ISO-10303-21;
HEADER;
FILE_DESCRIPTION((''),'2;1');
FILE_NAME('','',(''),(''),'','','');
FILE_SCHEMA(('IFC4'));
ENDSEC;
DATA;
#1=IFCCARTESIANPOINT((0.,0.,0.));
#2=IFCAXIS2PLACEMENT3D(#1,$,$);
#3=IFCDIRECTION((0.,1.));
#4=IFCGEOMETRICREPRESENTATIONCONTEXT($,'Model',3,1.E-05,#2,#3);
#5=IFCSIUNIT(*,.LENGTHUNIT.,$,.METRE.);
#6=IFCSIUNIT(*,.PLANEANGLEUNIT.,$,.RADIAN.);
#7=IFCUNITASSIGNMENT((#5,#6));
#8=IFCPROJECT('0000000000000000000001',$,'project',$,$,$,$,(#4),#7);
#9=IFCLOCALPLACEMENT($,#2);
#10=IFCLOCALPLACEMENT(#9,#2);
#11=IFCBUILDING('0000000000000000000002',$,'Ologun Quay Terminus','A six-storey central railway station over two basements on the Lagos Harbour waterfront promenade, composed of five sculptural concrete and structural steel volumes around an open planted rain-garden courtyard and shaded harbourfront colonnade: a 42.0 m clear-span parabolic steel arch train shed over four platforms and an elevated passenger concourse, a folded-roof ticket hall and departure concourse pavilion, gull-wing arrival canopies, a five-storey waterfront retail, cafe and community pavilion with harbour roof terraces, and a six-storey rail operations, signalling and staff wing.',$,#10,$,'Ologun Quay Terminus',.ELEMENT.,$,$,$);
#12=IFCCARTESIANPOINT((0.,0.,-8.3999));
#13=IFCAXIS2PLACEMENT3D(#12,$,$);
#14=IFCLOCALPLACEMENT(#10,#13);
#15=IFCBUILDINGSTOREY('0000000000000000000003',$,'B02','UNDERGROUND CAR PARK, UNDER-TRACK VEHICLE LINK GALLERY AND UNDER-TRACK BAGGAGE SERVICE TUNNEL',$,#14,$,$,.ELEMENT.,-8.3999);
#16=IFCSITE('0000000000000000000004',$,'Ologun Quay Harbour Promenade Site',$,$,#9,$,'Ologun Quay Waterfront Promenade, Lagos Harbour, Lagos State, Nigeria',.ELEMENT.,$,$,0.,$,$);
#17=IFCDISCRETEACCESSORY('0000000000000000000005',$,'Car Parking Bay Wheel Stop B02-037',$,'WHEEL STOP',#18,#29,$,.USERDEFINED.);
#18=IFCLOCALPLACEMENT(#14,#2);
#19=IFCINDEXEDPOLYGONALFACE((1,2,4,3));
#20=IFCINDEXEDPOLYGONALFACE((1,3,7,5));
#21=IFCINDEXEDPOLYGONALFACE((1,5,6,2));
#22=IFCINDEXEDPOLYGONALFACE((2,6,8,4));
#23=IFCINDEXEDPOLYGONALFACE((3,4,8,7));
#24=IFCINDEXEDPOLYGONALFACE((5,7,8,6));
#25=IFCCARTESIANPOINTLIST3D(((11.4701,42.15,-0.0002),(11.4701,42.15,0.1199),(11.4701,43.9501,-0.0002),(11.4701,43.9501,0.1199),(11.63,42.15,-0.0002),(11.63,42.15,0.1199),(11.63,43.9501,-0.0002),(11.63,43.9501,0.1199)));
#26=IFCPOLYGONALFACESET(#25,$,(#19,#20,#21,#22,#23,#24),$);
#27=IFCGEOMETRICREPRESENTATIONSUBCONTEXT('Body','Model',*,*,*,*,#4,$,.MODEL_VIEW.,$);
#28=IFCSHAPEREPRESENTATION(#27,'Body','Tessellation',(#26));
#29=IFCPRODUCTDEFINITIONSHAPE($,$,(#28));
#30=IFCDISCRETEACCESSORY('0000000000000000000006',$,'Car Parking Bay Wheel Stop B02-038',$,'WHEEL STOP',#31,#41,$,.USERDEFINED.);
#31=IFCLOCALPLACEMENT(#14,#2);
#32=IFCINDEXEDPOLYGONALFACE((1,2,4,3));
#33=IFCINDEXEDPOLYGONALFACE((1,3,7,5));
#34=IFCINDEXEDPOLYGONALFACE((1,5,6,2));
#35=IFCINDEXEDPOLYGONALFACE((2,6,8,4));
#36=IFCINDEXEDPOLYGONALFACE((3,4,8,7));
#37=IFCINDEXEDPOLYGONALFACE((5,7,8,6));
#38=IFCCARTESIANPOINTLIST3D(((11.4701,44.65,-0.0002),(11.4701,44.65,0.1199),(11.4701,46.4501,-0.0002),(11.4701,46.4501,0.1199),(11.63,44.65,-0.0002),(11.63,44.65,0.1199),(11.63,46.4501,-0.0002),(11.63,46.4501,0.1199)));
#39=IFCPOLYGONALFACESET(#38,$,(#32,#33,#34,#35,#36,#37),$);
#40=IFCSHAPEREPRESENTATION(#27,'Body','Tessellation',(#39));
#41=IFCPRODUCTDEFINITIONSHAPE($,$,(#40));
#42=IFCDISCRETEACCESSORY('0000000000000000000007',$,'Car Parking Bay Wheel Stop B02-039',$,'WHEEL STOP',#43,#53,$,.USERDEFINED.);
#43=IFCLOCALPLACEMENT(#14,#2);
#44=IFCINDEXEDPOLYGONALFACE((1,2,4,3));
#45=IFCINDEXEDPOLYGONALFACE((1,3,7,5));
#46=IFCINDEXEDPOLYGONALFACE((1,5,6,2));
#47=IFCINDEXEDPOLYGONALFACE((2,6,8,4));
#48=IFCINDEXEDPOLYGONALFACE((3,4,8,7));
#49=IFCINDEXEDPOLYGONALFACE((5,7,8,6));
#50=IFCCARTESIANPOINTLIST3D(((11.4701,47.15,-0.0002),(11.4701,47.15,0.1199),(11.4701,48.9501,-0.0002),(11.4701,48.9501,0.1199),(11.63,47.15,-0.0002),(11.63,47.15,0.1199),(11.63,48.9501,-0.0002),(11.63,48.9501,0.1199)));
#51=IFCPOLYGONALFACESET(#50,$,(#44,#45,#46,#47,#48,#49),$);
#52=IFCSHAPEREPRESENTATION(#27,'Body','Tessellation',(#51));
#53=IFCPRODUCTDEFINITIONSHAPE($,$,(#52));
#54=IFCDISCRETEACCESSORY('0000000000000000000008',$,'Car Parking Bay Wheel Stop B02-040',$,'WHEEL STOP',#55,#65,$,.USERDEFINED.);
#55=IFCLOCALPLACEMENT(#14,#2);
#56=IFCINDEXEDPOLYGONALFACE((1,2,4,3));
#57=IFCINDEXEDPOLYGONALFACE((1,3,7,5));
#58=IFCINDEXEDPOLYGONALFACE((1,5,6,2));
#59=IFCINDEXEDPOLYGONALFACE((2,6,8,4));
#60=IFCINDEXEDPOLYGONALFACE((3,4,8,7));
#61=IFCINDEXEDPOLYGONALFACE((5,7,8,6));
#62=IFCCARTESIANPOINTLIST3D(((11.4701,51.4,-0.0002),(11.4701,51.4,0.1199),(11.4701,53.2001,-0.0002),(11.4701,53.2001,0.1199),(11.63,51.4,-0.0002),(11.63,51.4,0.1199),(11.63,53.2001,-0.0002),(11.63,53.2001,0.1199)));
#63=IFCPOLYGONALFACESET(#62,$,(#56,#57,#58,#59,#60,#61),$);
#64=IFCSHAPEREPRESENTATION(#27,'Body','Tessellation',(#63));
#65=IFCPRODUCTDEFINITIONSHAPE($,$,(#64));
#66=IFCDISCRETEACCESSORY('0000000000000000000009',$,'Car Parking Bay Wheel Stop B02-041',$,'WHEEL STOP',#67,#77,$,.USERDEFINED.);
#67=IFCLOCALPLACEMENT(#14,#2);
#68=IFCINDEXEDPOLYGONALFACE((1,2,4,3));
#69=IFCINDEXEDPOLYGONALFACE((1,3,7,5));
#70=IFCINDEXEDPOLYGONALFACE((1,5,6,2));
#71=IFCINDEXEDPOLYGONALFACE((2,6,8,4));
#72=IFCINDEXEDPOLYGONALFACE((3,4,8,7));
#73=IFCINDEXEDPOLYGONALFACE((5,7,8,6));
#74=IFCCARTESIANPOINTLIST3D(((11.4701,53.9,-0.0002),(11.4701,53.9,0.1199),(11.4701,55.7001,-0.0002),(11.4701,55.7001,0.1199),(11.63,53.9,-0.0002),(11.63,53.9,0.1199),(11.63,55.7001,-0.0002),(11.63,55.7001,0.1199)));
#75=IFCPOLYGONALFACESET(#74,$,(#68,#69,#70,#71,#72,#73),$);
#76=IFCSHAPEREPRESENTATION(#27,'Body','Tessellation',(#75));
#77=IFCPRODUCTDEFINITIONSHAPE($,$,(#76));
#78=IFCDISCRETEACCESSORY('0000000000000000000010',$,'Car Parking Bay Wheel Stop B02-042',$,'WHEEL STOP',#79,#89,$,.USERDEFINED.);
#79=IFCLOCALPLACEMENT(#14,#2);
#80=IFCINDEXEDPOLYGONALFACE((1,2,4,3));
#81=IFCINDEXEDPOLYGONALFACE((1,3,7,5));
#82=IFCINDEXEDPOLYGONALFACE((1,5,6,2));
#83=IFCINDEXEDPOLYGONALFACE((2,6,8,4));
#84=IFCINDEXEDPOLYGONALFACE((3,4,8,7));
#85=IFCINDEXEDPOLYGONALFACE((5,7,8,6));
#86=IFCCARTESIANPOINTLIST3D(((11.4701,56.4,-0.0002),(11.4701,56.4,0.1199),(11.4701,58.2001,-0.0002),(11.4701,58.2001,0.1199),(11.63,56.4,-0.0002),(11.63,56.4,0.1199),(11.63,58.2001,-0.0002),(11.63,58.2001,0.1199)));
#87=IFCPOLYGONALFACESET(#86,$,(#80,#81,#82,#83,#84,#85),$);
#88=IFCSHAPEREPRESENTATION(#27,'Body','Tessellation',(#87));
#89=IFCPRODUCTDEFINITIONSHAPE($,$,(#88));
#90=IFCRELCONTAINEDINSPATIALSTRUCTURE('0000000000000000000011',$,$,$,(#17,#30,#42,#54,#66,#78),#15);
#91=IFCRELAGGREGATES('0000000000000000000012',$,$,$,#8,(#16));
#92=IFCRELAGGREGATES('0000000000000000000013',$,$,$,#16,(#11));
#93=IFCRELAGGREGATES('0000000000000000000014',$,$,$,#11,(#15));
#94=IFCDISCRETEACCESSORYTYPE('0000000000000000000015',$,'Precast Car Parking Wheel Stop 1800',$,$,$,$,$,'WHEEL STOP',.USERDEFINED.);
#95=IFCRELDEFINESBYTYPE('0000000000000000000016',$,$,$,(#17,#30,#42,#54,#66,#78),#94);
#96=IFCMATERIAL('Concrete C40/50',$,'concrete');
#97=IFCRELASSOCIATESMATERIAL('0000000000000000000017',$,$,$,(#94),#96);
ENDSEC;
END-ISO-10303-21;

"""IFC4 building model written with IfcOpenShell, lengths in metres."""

from ifc_helpers import new_model, si_unit, direction, frame, origin, origin_2d, place, context, subcontext, project, spatial, rectangle, extrude, material, type_object, element, save


model = new_model("IFC4")

# Units and contexts
model_context = context("Model", 3, precision=1e-05, world=origin(), true_north=direction((0.0, 1.0)))
body_context = subcontext(model_context, "Body", "Model", "MODEL_VIEW")
ifc_project = project(units=[si_unit("LENGTHUNIT", "METRE"), si_unit("PLANEANGLEUNIT", "RADIAN")], contexts=[model_context])

# Site, building, storey
site_placement = place(None, origin())
site = spatial("IfcSite", under=ifc_project, at=site_placement, Name="Ologun Quay Harbour Promenade Site", LongName="Ologun Quay Waterfront Promenade, Lagos Harbour, Lagos State, Nigeria", CompositionType="ELEMENT", RefElevation=0.0)
building_placement = place(site_placement, origin())
building = spatial("IfcBuilding", under=site, at=building_placement, Name="Ologun Quay Terminus", Description="A six-storey central railway station over two basements on the Lagos Harbour waterfront promenade, composed of five sculptural concrete and structural steel volumes around an open planted rain-garden courtyard and shaded harbourfront colonnade: a 42.0 m clear-span parabolic steel arch train shed over four platforms and an elevated passenger concourse, a folded-roof ticket hall and departure concourse pavilion, gull-wing arrival canopies, a five-storey waterfront retail, cafe and community pavilion with harbour roof terraces, and a six-storey rail operations, signalling and staff wing.", LongName="Ologun Quay Terminus", CompositionType="ELEMENT")
storey_placement = place(building_placement, frame((0.0, 0.0, -8.3999)))
storey = spatial("IfcBuildingStorey", under=building, at=storey_placement, Name="B02", Description="UNDERGROUND CAR PARK, UNDER-TRACK VEHICLE LINK GALLERY AND UNDER-TRACK BAGGAGE SERVICE TUNNEL", CompositionType="ELEMENT", Elevation=-8.3999)

# Discrete accessories
ifc_material_1 = material(Name="Concrete C40/50", Category="concrete")
discrete_accessory_type = type_object("IfcDiscreteAccessoryType", Name="Precast Car Parking Wheel Stop 1800", ElementType="WHEEL STOP", PredefinedType="USERDEFINED", material=ifc_material_1)
for number, where, z_axis, x_axis, name in (
    (1, (11.55, 43.05, -0.0002), (0.0, 0.0, 1.0), (0.0, 1.0, 0.0), "Car Parking Bay Wheel Stop B02-037"),
    (2, (11.55, 45.55, -0.0002), (0.0, 0.0, 1.0), (0.0, 1.0, 0.0), "Car Parking Bay Wheel Stop B02-038"),
    (3, (11.55, 48.05, -0.0002), (0.0, 0.0, 1.0), (0.0, 1.0, 0.0), "Car Parking Bay Wheel Stop B02-039"),
    (4, (11.55, 52.3, -0.0002), (0.0, 0.0, 1.0), (0.0, 1.0, 0.0), "Car Parking Bay Wheel Stop B02-040"),
    (5, (11.55, 54.8, -0.0002), (0.0, 0.0, 1.0), (0.0, 1.0, 0.0), "Car Parking Bay Wheel Stop B02-041"),
    (6, (11.55, 57.3, -0.0002), (0.0, 0.0, 1.0), (0.0, 1.0, 0.0), "Car Parking Bay Wheel Stop B02-042"),
):
    element("IfcDiscreteAccessory", number, at=place(storey_placement, frame(where, z_axis=z_axis, x_axis=x_axis)), inside=storey, type_object=discrete_accessory_type, Name=name, ObjectType="WHEEL STOP", PredefinedType="USERDEFINED", context=body_context, shape_type="SweptSolid", body=[
        extrude(rectangle(XDim=1.8, YDim=0.1599, at=origin_2d()), origin(), (0.0, 0.0, 1.0), 0.1201),
    ])

save(model, "model.ifc")
